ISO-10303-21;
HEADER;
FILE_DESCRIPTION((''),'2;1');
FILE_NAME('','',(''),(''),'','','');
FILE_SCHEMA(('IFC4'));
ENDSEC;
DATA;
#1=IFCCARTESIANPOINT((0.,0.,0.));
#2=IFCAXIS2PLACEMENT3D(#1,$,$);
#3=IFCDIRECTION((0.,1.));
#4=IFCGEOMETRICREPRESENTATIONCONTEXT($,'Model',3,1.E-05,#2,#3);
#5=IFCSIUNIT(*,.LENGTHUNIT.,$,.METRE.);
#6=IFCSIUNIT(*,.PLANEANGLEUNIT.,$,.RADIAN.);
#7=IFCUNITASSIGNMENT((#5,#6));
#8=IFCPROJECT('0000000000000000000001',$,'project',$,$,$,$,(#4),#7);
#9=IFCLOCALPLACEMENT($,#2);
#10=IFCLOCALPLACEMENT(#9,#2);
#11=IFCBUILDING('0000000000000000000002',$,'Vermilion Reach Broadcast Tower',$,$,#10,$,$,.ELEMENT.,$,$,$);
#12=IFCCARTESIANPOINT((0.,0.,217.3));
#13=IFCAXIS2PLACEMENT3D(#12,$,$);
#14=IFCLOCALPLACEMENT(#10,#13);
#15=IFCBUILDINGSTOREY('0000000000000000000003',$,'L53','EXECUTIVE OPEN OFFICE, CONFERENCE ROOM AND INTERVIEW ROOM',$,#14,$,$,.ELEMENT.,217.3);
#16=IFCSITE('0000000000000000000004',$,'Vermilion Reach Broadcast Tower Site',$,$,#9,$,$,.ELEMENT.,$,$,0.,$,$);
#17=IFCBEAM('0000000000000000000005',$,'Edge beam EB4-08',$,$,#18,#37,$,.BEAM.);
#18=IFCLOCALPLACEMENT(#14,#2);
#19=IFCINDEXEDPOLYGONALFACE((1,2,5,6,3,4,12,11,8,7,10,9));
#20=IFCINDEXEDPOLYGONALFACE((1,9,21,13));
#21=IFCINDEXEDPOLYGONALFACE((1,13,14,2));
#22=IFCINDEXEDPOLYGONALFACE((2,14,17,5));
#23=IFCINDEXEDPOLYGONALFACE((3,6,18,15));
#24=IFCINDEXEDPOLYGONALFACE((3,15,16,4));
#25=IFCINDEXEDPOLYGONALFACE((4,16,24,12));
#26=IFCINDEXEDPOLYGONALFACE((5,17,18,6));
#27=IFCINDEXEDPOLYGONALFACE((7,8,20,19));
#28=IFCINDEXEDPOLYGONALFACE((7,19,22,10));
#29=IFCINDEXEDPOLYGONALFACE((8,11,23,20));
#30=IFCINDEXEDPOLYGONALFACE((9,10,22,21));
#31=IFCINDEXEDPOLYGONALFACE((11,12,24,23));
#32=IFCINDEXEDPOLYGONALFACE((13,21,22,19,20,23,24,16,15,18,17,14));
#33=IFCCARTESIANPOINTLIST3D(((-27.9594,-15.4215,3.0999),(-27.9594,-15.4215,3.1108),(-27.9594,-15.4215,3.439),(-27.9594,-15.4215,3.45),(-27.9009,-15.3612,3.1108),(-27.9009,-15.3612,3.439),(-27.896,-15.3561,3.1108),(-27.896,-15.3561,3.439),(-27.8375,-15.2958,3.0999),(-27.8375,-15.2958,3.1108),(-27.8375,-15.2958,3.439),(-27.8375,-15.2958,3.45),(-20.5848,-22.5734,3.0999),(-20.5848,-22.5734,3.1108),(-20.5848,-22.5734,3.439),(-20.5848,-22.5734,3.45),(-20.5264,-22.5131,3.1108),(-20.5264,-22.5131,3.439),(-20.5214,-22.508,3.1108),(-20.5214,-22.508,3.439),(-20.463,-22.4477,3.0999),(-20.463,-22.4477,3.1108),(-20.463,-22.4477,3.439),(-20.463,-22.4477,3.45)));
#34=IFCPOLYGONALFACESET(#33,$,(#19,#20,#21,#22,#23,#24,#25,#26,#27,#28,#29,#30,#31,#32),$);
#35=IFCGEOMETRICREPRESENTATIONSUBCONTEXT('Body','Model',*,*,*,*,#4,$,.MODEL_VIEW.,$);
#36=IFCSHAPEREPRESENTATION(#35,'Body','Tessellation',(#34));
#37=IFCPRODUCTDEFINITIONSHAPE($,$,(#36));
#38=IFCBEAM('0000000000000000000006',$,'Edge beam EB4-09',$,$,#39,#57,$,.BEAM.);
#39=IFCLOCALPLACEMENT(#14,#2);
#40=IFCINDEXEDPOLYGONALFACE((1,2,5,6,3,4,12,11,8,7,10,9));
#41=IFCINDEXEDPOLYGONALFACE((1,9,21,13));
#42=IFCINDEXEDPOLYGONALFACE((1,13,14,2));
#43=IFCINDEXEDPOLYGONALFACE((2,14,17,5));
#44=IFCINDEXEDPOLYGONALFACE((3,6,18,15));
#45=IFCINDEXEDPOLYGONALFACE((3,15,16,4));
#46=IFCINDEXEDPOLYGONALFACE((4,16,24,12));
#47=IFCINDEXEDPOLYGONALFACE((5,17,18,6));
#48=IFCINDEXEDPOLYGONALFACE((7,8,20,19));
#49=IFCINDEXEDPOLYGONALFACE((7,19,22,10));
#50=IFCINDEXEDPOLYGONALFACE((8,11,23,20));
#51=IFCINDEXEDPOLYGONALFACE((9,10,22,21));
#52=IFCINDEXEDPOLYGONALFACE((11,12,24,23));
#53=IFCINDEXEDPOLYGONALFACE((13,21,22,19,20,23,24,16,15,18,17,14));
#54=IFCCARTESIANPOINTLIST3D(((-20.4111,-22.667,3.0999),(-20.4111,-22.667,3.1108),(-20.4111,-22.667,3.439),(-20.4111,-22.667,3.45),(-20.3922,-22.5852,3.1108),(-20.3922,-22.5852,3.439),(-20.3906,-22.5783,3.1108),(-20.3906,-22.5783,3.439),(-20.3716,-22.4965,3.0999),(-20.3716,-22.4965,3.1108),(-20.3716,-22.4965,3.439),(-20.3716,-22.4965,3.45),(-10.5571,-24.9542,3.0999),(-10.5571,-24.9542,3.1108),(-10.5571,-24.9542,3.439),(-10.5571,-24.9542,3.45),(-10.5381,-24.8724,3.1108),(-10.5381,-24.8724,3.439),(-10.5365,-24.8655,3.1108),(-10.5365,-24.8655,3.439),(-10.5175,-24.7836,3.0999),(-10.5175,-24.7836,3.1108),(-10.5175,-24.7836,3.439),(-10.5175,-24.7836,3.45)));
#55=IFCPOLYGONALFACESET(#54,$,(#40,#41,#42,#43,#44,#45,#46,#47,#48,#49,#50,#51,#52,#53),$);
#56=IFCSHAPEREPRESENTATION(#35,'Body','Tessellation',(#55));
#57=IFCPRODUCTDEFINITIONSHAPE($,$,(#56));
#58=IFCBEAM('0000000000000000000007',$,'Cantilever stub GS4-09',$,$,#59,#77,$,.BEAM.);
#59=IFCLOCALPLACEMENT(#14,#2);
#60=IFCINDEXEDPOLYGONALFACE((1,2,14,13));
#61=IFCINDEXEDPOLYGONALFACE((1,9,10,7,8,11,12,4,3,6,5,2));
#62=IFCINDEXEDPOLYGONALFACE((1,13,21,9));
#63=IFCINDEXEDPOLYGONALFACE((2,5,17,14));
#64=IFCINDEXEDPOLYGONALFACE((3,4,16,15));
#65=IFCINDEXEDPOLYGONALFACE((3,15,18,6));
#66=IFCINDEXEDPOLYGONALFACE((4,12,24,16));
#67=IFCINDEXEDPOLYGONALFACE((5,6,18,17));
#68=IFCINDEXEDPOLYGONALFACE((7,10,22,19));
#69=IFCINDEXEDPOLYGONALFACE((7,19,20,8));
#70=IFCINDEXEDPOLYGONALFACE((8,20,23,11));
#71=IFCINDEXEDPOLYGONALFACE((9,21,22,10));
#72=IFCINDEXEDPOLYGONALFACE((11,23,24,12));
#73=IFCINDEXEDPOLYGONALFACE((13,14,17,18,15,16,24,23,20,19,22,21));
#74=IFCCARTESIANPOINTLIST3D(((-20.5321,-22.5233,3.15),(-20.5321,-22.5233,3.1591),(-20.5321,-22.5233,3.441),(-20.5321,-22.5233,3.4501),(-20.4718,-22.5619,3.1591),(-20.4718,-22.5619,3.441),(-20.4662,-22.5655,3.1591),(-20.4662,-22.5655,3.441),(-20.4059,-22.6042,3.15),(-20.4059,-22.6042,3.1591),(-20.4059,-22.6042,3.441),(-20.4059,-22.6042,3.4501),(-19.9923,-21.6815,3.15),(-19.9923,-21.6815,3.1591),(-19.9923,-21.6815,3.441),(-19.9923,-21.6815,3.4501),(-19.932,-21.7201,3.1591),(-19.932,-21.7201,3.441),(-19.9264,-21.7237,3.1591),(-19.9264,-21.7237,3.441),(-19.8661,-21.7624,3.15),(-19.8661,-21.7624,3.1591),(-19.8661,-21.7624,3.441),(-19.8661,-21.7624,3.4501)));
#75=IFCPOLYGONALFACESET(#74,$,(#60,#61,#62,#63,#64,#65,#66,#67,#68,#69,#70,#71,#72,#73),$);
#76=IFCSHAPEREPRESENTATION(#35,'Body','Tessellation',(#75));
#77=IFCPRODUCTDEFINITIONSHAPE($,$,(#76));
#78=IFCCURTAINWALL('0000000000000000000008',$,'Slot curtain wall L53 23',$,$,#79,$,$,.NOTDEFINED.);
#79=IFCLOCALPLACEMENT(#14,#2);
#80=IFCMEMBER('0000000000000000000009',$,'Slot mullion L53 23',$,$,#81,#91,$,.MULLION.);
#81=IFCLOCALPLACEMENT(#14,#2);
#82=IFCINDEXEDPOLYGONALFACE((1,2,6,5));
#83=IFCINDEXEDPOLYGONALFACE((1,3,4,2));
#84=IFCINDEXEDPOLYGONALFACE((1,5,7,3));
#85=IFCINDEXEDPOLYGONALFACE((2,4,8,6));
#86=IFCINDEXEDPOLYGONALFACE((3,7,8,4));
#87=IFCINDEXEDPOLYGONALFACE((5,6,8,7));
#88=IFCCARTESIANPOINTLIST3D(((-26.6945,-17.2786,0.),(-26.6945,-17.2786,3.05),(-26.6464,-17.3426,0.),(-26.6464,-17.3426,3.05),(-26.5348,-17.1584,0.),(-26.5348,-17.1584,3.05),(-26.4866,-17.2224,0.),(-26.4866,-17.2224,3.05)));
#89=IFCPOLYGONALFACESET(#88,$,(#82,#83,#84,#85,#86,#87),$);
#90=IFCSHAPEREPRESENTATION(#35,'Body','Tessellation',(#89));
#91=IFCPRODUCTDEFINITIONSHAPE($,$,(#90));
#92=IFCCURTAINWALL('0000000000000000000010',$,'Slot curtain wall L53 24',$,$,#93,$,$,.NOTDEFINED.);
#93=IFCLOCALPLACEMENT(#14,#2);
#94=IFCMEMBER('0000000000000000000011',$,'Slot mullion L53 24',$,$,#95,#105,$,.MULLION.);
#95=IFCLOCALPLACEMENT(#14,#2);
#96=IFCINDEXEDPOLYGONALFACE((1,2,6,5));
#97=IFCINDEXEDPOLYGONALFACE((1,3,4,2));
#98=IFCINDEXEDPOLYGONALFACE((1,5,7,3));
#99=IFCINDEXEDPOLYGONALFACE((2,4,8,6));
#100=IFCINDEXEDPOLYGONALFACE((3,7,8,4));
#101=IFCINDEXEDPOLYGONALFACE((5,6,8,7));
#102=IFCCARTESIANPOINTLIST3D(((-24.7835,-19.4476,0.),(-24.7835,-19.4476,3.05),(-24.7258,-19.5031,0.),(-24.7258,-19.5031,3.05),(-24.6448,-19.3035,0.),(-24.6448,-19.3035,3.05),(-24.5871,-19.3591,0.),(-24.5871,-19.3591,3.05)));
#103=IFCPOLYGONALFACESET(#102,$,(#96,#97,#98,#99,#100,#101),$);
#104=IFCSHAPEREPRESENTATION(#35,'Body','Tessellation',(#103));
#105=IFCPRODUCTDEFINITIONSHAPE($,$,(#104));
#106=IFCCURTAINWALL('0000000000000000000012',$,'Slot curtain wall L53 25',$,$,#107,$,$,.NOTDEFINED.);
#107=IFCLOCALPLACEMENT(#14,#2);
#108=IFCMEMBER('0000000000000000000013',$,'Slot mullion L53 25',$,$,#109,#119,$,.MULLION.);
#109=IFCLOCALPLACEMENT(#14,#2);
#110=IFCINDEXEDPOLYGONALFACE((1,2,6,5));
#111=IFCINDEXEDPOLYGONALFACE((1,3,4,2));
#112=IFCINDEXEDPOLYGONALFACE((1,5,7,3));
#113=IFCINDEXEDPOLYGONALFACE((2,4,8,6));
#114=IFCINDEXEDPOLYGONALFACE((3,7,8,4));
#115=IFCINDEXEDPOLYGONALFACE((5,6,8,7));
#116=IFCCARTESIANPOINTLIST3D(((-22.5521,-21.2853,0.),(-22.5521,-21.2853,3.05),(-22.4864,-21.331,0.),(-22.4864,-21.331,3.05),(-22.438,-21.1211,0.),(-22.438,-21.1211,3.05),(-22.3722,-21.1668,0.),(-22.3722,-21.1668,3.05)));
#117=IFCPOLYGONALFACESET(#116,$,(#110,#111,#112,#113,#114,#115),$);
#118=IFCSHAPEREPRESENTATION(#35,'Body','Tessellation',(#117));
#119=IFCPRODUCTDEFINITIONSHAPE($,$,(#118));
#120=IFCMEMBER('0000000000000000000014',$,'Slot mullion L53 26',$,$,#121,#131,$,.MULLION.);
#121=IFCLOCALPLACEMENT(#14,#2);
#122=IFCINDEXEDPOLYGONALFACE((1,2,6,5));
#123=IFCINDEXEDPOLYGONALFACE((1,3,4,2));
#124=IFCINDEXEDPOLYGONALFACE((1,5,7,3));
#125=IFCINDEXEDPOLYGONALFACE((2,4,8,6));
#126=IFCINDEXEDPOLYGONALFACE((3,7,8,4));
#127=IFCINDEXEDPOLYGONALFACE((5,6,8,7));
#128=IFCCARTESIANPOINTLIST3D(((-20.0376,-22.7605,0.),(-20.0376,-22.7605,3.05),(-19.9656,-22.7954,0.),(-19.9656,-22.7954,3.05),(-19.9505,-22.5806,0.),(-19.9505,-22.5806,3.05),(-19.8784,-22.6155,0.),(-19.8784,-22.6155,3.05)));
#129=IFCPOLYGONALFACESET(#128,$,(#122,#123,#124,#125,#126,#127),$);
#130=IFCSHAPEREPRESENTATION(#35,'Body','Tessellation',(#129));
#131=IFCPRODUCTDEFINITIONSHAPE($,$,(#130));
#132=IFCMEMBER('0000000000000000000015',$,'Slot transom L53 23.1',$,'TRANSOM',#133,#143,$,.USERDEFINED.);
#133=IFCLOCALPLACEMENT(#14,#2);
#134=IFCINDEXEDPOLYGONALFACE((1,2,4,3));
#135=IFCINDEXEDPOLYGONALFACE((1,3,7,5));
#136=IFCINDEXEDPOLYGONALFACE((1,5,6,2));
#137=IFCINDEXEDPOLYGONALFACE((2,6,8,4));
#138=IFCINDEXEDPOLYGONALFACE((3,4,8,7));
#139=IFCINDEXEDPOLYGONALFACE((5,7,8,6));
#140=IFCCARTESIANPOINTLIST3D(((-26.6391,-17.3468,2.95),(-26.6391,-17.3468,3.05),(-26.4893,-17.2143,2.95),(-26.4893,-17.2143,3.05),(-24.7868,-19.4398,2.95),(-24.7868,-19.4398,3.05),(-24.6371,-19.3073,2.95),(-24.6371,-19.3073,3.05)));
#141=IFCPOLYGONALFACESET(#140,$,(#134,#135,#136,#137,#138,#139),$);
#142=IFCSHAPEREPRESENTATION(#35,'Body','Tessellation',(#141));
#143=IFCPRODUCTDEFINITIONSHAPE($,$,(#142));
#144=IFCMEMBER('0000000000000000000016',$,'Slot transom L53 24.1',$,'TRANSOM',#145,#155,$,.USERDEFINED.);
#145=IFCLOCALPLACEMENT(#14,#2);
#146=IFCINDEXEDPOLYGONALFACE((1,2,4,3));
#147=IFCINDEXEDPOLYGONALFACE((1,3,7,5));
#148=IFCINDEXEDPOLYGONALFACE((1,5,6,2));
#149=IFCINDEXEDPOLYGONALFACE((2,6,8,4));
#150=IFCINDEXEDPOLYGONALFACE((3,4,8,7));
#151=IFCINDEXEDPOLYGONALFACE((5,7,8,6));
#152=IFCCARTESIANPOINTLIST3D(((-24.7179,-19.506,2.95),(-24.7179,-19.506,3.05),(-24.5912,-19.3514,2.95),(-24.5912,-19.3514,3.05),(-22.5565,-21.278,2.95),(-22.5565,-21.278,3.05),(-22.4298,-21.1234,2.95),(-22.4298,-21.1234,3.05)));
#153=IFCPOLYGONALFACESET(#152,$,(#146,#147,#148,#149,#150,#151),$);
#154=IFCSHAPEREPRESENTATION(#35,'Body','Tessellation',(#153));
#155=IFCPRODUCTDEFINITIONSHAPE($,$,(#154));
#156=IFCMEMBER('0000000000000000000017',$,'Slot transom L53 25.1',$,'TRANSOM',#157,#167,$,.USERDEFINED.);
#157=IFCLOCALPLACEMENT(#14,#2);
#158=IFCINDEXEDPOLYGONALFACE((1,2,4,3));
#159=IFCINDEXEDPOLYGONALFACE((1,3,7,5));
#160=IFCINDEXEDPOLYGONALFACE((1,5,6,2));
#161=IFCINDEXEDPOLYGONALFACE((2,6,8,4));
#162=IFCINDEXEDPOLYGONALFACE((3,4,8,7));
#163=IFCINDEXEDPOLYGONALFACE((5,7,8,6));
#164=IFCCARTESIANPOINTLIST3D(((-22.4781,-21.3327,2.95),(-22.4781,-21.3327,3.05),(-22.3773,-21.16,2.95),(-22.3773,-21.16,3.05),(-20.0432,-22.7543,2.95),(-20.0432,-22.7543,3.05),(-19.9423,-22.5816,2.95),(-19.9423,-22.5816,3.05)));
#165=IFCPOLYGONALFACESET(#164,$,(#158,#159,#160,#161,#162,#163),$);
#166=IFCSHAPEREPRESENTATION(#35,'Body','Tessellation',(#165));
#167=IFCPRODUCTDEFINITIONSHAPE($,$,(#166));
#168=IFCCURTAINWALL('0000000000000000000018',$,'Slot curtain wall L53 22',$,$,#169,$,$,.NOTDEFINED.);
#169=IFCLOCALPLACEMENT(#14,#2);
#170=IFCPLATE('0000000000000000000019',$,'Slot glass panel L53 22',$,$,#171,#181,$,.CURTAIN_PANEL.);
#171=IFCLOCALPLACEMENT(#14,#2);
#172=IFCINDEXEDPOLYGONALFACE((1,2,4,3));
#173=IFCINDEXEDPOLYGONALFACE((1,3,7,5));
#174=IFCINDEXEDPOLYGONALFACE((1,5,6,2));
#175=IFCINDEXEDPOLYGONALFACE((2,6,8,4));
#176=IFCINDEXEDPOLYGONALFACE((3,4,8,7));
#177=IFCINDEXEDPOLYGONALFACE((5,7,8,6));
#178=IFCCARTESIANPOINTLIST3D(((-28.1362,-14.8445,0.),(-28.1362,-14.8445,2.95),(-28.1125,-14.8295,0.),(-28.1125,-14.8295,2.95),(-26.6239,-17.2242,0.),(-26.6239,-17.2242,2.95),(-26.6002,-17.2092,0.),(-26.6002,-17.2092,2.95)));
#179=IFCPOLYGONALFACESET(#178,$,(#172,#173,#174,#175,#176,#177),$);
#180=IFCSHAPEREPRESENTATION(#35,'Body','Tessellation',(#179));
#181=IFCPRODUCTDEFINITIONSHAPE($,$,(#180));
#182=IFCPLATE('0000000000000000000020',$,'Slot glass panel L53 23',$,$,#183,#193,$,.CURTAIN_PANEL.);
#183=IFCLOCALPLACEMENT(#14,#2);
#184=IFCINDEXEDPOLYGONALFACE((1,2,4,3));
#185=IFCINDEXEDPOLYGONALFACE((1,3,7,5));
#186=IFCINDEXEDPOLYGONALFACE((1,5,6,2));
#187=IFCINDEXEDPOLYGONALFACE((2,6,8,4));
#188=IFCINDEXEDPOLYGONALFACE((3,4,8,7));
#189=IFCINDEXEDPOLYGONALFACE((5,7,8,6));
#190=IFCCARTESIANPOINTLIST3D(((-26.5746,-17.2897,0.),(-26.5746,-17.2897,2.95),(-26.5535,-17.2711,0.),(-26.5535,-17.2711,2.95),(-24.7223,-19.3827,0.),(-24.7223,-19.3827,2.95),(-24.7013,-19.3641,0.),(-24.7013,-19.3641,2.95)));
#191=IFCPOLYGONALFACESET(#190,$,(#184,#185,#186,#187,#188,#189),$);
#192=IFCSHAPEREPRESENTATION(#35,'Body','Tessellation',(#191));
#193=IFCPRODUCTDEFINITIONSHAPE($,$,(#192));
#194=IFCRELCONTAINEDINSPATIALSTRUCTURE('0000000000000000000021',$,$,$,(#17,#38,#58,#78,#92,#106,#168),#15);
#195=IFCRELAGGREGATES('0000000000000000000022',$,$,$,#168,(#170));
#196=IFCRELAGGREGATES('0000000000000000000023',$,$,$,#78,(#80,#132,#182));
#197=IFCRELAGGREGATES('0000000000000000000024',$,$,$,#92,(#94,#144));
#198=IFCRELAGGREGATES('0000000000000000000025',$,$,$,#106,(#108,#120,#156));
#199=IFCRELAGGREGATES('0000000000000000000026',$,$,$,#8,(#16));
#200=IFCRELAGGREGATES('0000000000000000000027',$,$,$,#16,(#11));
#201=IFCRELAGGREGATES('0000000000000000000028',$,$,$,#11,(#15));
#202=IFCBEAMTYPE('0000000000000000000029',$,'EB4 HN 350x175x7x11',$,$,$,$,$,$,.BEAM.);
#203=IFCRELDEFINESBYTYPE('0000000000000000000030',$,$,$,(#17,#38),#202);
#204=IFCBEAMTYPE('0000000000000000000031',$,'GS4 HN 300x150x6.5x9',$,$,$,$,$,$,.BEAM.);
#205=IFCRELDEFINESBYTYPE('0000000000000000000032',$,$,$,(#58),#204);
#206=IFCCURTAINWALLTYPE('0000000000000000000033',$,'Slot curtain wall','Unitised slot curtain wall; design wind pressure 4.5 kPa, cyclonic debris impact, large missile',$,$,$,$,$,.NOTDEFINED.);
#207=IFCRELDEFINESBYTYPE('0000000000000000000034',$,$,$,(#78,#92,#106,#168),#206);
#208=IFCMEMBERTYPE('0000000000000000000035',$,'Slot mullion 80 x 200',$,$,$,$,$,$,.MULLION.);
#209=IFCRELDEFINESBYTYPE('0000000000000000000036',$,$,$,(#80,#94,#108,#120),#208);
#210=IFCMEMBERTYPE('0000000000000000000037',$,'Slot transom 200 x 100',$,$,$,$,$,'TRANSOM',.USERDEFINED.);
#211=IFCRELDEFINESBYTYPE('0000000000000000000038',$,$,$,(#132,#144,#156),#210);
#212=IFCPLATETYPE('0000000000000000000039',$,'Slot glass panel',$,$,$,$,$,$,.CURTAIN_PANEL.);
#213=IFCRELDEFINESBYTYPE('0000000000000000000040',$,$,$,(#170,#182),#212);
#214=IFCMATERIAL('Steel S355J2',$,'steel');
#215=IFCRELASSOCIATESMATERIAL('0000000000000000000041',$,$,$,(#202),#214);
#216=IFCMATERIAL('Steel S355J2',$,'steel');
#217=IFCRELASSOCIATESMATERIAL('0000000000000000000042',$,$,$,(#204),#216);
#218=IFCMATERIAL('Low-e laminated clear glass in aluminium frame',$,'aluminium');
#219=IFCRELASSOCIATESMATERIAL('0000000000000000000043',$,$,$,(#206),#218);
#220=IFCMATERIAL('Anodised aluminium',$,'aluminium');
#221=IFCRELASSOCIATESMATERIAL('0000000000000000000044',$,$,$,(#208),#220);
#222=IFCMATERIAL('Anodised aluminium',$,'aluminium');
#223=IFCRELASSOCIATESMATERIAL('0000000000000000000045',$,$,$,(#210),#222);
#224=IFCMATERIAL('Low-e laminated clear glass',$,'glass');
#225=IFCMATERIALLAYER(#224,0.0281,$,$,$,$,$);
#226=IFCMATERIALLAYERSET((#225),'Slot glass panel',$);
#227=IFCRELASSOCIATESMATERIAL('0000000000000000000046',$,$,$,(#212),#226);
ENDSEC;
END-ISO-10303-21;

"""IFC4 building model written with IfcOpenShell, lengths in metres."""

from ifc_helpers import new_model, si_unit, direction, frame, origin, origin_2d, place, context, subcontext, project, spatial, rectangle, i_section, extrude, material, layer, layer_set, material_profile, profile_set, type_object, element, aggregate, save


model = new_model("IFC4")

# Units and contexts
model_context = context("Model", 3, precision=1e-05, world=origin(), true_north=direction((0.0, 1.0)))
body_context = subcontext(model_context, "Body", "Model", "MODEL_VIEW")
ifc_project = project(units=[si_unit("LENGTHUNIT", "METRE"), si_unit("PLANEANGLEUNIT", "RADIAN")], contexts=[model_context])

# Site, building, storey
site_placement = place(None, origin())
site = spatial("IfcSite", under=ifc_project, at=site_placement, Name="Vermilion Reach Broadcast Tower Site", CompositionType="ELEMENT", RefElevation=0.0)
building_placement = place(site_placement, origin())
building = spatial("IfcBuilding", under=site, at=building_placement, Name="Vermilion Reach Broadcast Tower", CompositionType="ELEMENT")
storey_placement = place(building_placement, frame((0.0, 0.0, 217.3)))
storey = spatial("IfcBuildingStorey", under=building, at=storey_placement, Name="L53", Description="EXECUTIVE OPEN OFFICE, CONFERENCE ROOM AND INTERVIEW ROOM", CompositionType="ELEMENT", Elevation=217.3)

# Beams
ifc_material_1 = material(Name="Steel S355J2", Category="steel")
ifc_material_profile_1 = material_profile(ifc_material_1, i_section(OverallWidth=0.175, OverallDepth=0.3501, WebThickness=0.0071, FlangeThickness=0.011, at=origin_2d()), Name="S355J2 HN 350x175x7x11")
ifc_profile_set_1 = profile_set([ifc_material_profile_1], Name="Steel S355J2")
beam_type_1 = type_object("IfcBeamType", Name="EB4 HN 350x175x7x11", PredefinedType="BEAM", material=ifc_profile_set_1)
beam_1_placement = place(storey_placement, frame((-27.8984, -15.3586, 3.2749), z_axis=(0.717861, -0.696187, 0.0), x_axis=(0.696187, 0.717861, 0.0)))
element("IfcBeam", 1, at=beam_1_placement, inside=storey, type_object=beam_type_1, Name="Edge beam EB4-08", PredefinedType="BEAM", context=body_context, shape_type="SweptSolid", body=[
    extrude(i_section(OverallWidth=0.175, OverallDepth=0.3501, WebThickness=0.0071, FlangeThickness=0.011, at=origin_2d()), origin(), (0.0, 0.0, 1.0), 10.2729),
])
beam_2_placement = place(storey_placement, frame((-20.3914, -22.5818, 3.2749), z_axis=(0.974107, -0.22609, 0.0), x_axis=(0.22609, 0.974107, 0.0)))
element("IfcBeam", 2, at=beam_2_placement, inside=storey, type_object=beam_type_1, Name="Edge beam EB4-09", PredefinedType="BEAM", context=body_context, shape_type="SweptSolid", body=[
    extrude(i_section(OverallWidth=0.175, OverallDepth=0.3501, WebThickness=0.0071, FlangeThickness=0.011, at=origin_2d()), origin(), (0.0, 0.0, 1.0), 10.116),
])
ifc_material_2 = material(Name="Steel S355J2", Category="steel")
ifc_material_profile_2 = material_profile(ifc_material_2, i_section(OverallWidth=0.1499, OverallDepth=0.3, WebThickness=0.0066, FlangeThickness=0.009, at=origin_2d()), Name="S355J2 HN 300x150x6.5x9")
ifc_profile_set_2 = profile_set([ifc_material_profile_2], Name="Steel S355J2")
beam_type_2 = type_object("IfcBeamType", Name="GS4 HN 300x150x6.5x9", PredefinedType="BEAM", material=ifc_profile_set_2)
beam_3_placement = place(storey_placement, frame((-19.9292, -21.7219, 3.3), z_axis=(-0.539795, -0.841797, 0.0), x_axis=(0.841797, -0.539795, 0.0)))
element("IfcBeam", 3, at=beam_3_placement, inside=storey, type_object=beam_type_2, Name="Cantilever stub GS4-09", PredefinedType="BEAM", context=body_context, shape_type="SweptSolid", body=[
    extrude(i_section(OverallWidth=0.1499, OverallDepth=0.3, WebThickness=0.0066, FlangeThickness=0.009, at=origin_2d()), origin(), (0.0, 0.0, 1.0), 1.0),
])

# Curtain walls, members
ifc_material_3 = material(Name="Low-e laminated clear glass in aluminium frame", Category="aluminium")
curtain_wall_type = type_object("IfcCurtainWallType", Name="Slot curtain wall", Description="Unitised slot curtain wall; design wind pressure 4.5 kPa, cyclonic debris impact, large missile", PredefinedType="NOTDEFINED", material=ifc_material_3)
placement = place(storey_placement, origin())
curtain_wall_1 = element("IfcCurtainWall", 4, at=placement, inside=storey, type_object=curtain_wall_type, Name="Slot curtain wall L53 23", PredefinedType="NOTDEFINED")
ifc_material_4 = material(Name="Anodised aluminium", Category="aluminium")
ifc_material_profile_3 = material_profile(ifc_material_4, rectangle(XDim=0.2, YDim=0.0801, at=origin_2d()), Name="Slot mullion 80 x 200")
ifc_profile_set_3 = profile_set([ifc_material_profile_3], Name="Anodised aluminium")
member_type_1 = type_object("IfcMemberType", Name="Slot mullion 80 x 200", PredefinedType="MULLION", material=ifc_profile_set_3)
member_1_placement = place(storey_placement, frame((-26.5906, -17.2505, 0.0), z_axis=(0.0, 0.0, 1.0), x_axis=(0.798939, 0.601412, 0.0)))
member_1 = element("IfcMember", 5, at=member_1_placement, type_object=member_type_1, Name="Slot mullion L53 23", PredefinedType="MULLION", context=body_context, shape_type="SweptSolid", body=[
    extrude(rectangle(XDim=0.2, YDim=0.0801, at=origin_2d()), origin(), (0.0, 0.0, 1.0), 3.05),
])
curtain_wall_2 = element("IfcCurtainWall", 6, at=placement, inside=storey, type_object=curtain_wall_type, Name="Slot curtain wall L53 24", PredefinedType="NOTDEFINED")
member_2_placement = place(storey_placement, frame((-24.6853, -19.4033, 0.0), z_axis=(0.0, 0.0, 1.0), x_axis=(0.693653, 0.720309, 0.0)))
member_2 = element("IfcMember", 7, at=member_2_placement, type_object=member_type_1, Name="Slot mullion L53 24", PredefinedType="MULLION", context=body_context, shape_type="SweptSolid", body=[
    extrude(rectangle(XDim=0.2, YDim=0.0801, at=origin_2d()), origin(), (0.0, 0.0, 1.0), 3.05),
])

# Curtain wall, members
curtain_wall_3 = element("IfcCurtainWall", 8, at=placement, inside=storey, type_object=curtain_wall_type, Name="Slot curtain wall L53 25", PredefinedType="NOTDEFINED")
member_3_placement = place(storey_placement, frame((-22.4622, -21.2261, 0.0), z_axis=(0.0, 0.0, 1.0), x_axis=(0.570873, 0.821039, 0.0)))
member_3 = element("IfcMember", 9, at=member_3_placement, type_object=member_type_1, Name="Slot mullion L53 25", PredefinedType="MULLION", context=body_context, shape_type="SweptSolid", body=[
    extrude(rectangle(XDim=0.2, YDim=0.0801, at=origin_2d()), origin(), (0.0, 0.0, 1.0), 3.05),
])
member_4_placement = place(storey_placement, frame((-19.958, -22.688, 0.0), z_axis=(0.0, 0.0, 1.0), x_axis=(0.435962, 0.899965, 0.0)))
member_4 = element("IfcMember", 10, at=member_4_placement, type_object=member_type_1, Name="Slot mullion L53 26", PredefinedType="MULLION", context=body_context, shape_type="SweptSolid", body=[
    extrude(rectangle(XDim=0.2, YDim=0.0801, at=origin_2d()), origin(), (0.0, 0.0, 1.0), 3.05),
])

# Members
ifc_material_5 = material(Name="Anodised aluminium", Category="aluminium")
ifc_material_profile_4 = material_profile(ifc_material_5, rectangle(XDim=0.2, YDim=0.1001, at=origin_2d()), Name="Slot transom 200 x 100")
ifc_profile_set_4 = profile_set([ifc_material_profile_4], Name="Anodised aluminium")
member_type_2 = type_object("IfcMemberType", Name="Slot transom 200 x 100", ElementType="TRANSOM", PredefinedType="USERDEFINED", material=ifc_profile_set_4)
member_5_placement = place(storey_placement, frame((-26.5642, -17.2805, 3.0), z_axis=(0.66273, -0.748858, 0.0), x_axis=(0.748858, 0.66273, 0.0)))
member_5 = element("IfcMember", 11, at=member_5_placement, type_object=member_type_2, Name="Slot transom L53 23.1", ObjectType="TRANSOM", PredefinedType="USERDEFINED", context=body_context, shape_type="SweptSolid", body=[
    extrude(rectangle(XDim=0.2, YDim=0.1001, at=origin_2d()), origin(), (0.0, 0.0, 1.0), 2.7949),
])
member_6_placement = place(storey_placement, frame((-24.6545, -19.4287, 3.0), z_axis=(0.77333, -0.634003, 0.0), x_axis=(0.634003, 0.77333, 0.0)))
member_6 = element("IfcMember", 12, at=member_6_placement, type_object=member_type_2, Name="Slot transom L53 24.1", ObjectType="TRANSOM", PredefinedType="USERDEFINED", context=body_context, shape_type="SweptSolid", body=[
    extrude(rectangle(XDim=0.2, YDim=0.1001, at=origin_2d()), origin(), (0.0, 0.0, 1.0), 2.7949),
])
member_7_placement = place(storey_placement, frame((-22.4277, -21.2463, 3.0), z_axis=(0.863597, -0.504183, 0.0), x_axis=(0.504183, 0.863597, 0.0)))
member_7 = element("IfcMember", 13, at=member_7_placement, type_object=member_type_2, Name="Slot transom L53 25.1", ObjectType="TRANSOM", PredefinedType="USERDEFINED", context=body_context, shape_type="SweptSolid", body=[
    extrude(rectangle(XDim=0.2, YDim=0.1001, at=origin_2d()), origin(), (0.0, 0.0, 1.0), 2.8196),
])

# Curtain wall, plate
curtain_wall_4 = element("IfcCurtainWall", 14, at=placement, inside=storey, type_object=curtain_wall_type, Name="Slot curtain wall L53 22", PredefinedType="NOTDEFINED")
ifc_material_6 = material(Name="Low-e laminated clear glass", Category="glass")
ifc_layer_1 = layer(ifc_material_6, 0.0281)
ifc_layer_set_1 = layer_set([ifc_layer_1], Name="Slot glass panel")
plate_type = type_object("IfcPlateType", Name="Slot glass panel", PredefinedType="CURTAIN_PANEL", material=ifc_layer_set_1)
plate_1_placement = place(storey_placement, frame((-27.3682, -16.0269, 0.0), z_axis=(0.0, 0.0, 1.0), x_axis=(0.536349, -0.843996, 0.0)))
plate_1 = element("IfcPlate", 15, at=plate_1_placement, type_object=plate_type, Name="Slot glass panel L53 22", PredefinedType="CURTAIN_PANEL", context=body_context, shape_type="SweptSolid", body=[
    extrude(rectangle(XDim=2.8196, YDim=0.0281, at=origin_2d()), origin(), (0.0, 0.0, 1.0), 2.95),
])
aggregate(curtain_wall_4, [plate_1])

# Plate
plate_2_placement = place(storey_placement, frame((-25.6379, -18.3269, 0.0), z_axis=(0.0, 0.0, 1.0), x_axis=(0.662709, -0.748877, 0.0)))
plate_2 = element("IfcPlate", 16, at=plate_2_placement, type_object=plate_type, Name="Slot glass panel L53 23", PredefinedType="CURTAIN_PANEL", context=body_context, shape_type="SweptSolid", body=[
    extrude(rectangle(XDim=2.7949, YDim=0.0281, at=origin_2d()), origin(), (0.0, 0.0, 1.0), 2.95),
])
aggregate(curtain_wall_1, [member_1, member_5, plate_2])
aggregate(curtain_wall_2, [member_2, member_6])
aggregate(curtain_wall_3, [member_3, member_4, member_7])

save(model, "model.ifc")
